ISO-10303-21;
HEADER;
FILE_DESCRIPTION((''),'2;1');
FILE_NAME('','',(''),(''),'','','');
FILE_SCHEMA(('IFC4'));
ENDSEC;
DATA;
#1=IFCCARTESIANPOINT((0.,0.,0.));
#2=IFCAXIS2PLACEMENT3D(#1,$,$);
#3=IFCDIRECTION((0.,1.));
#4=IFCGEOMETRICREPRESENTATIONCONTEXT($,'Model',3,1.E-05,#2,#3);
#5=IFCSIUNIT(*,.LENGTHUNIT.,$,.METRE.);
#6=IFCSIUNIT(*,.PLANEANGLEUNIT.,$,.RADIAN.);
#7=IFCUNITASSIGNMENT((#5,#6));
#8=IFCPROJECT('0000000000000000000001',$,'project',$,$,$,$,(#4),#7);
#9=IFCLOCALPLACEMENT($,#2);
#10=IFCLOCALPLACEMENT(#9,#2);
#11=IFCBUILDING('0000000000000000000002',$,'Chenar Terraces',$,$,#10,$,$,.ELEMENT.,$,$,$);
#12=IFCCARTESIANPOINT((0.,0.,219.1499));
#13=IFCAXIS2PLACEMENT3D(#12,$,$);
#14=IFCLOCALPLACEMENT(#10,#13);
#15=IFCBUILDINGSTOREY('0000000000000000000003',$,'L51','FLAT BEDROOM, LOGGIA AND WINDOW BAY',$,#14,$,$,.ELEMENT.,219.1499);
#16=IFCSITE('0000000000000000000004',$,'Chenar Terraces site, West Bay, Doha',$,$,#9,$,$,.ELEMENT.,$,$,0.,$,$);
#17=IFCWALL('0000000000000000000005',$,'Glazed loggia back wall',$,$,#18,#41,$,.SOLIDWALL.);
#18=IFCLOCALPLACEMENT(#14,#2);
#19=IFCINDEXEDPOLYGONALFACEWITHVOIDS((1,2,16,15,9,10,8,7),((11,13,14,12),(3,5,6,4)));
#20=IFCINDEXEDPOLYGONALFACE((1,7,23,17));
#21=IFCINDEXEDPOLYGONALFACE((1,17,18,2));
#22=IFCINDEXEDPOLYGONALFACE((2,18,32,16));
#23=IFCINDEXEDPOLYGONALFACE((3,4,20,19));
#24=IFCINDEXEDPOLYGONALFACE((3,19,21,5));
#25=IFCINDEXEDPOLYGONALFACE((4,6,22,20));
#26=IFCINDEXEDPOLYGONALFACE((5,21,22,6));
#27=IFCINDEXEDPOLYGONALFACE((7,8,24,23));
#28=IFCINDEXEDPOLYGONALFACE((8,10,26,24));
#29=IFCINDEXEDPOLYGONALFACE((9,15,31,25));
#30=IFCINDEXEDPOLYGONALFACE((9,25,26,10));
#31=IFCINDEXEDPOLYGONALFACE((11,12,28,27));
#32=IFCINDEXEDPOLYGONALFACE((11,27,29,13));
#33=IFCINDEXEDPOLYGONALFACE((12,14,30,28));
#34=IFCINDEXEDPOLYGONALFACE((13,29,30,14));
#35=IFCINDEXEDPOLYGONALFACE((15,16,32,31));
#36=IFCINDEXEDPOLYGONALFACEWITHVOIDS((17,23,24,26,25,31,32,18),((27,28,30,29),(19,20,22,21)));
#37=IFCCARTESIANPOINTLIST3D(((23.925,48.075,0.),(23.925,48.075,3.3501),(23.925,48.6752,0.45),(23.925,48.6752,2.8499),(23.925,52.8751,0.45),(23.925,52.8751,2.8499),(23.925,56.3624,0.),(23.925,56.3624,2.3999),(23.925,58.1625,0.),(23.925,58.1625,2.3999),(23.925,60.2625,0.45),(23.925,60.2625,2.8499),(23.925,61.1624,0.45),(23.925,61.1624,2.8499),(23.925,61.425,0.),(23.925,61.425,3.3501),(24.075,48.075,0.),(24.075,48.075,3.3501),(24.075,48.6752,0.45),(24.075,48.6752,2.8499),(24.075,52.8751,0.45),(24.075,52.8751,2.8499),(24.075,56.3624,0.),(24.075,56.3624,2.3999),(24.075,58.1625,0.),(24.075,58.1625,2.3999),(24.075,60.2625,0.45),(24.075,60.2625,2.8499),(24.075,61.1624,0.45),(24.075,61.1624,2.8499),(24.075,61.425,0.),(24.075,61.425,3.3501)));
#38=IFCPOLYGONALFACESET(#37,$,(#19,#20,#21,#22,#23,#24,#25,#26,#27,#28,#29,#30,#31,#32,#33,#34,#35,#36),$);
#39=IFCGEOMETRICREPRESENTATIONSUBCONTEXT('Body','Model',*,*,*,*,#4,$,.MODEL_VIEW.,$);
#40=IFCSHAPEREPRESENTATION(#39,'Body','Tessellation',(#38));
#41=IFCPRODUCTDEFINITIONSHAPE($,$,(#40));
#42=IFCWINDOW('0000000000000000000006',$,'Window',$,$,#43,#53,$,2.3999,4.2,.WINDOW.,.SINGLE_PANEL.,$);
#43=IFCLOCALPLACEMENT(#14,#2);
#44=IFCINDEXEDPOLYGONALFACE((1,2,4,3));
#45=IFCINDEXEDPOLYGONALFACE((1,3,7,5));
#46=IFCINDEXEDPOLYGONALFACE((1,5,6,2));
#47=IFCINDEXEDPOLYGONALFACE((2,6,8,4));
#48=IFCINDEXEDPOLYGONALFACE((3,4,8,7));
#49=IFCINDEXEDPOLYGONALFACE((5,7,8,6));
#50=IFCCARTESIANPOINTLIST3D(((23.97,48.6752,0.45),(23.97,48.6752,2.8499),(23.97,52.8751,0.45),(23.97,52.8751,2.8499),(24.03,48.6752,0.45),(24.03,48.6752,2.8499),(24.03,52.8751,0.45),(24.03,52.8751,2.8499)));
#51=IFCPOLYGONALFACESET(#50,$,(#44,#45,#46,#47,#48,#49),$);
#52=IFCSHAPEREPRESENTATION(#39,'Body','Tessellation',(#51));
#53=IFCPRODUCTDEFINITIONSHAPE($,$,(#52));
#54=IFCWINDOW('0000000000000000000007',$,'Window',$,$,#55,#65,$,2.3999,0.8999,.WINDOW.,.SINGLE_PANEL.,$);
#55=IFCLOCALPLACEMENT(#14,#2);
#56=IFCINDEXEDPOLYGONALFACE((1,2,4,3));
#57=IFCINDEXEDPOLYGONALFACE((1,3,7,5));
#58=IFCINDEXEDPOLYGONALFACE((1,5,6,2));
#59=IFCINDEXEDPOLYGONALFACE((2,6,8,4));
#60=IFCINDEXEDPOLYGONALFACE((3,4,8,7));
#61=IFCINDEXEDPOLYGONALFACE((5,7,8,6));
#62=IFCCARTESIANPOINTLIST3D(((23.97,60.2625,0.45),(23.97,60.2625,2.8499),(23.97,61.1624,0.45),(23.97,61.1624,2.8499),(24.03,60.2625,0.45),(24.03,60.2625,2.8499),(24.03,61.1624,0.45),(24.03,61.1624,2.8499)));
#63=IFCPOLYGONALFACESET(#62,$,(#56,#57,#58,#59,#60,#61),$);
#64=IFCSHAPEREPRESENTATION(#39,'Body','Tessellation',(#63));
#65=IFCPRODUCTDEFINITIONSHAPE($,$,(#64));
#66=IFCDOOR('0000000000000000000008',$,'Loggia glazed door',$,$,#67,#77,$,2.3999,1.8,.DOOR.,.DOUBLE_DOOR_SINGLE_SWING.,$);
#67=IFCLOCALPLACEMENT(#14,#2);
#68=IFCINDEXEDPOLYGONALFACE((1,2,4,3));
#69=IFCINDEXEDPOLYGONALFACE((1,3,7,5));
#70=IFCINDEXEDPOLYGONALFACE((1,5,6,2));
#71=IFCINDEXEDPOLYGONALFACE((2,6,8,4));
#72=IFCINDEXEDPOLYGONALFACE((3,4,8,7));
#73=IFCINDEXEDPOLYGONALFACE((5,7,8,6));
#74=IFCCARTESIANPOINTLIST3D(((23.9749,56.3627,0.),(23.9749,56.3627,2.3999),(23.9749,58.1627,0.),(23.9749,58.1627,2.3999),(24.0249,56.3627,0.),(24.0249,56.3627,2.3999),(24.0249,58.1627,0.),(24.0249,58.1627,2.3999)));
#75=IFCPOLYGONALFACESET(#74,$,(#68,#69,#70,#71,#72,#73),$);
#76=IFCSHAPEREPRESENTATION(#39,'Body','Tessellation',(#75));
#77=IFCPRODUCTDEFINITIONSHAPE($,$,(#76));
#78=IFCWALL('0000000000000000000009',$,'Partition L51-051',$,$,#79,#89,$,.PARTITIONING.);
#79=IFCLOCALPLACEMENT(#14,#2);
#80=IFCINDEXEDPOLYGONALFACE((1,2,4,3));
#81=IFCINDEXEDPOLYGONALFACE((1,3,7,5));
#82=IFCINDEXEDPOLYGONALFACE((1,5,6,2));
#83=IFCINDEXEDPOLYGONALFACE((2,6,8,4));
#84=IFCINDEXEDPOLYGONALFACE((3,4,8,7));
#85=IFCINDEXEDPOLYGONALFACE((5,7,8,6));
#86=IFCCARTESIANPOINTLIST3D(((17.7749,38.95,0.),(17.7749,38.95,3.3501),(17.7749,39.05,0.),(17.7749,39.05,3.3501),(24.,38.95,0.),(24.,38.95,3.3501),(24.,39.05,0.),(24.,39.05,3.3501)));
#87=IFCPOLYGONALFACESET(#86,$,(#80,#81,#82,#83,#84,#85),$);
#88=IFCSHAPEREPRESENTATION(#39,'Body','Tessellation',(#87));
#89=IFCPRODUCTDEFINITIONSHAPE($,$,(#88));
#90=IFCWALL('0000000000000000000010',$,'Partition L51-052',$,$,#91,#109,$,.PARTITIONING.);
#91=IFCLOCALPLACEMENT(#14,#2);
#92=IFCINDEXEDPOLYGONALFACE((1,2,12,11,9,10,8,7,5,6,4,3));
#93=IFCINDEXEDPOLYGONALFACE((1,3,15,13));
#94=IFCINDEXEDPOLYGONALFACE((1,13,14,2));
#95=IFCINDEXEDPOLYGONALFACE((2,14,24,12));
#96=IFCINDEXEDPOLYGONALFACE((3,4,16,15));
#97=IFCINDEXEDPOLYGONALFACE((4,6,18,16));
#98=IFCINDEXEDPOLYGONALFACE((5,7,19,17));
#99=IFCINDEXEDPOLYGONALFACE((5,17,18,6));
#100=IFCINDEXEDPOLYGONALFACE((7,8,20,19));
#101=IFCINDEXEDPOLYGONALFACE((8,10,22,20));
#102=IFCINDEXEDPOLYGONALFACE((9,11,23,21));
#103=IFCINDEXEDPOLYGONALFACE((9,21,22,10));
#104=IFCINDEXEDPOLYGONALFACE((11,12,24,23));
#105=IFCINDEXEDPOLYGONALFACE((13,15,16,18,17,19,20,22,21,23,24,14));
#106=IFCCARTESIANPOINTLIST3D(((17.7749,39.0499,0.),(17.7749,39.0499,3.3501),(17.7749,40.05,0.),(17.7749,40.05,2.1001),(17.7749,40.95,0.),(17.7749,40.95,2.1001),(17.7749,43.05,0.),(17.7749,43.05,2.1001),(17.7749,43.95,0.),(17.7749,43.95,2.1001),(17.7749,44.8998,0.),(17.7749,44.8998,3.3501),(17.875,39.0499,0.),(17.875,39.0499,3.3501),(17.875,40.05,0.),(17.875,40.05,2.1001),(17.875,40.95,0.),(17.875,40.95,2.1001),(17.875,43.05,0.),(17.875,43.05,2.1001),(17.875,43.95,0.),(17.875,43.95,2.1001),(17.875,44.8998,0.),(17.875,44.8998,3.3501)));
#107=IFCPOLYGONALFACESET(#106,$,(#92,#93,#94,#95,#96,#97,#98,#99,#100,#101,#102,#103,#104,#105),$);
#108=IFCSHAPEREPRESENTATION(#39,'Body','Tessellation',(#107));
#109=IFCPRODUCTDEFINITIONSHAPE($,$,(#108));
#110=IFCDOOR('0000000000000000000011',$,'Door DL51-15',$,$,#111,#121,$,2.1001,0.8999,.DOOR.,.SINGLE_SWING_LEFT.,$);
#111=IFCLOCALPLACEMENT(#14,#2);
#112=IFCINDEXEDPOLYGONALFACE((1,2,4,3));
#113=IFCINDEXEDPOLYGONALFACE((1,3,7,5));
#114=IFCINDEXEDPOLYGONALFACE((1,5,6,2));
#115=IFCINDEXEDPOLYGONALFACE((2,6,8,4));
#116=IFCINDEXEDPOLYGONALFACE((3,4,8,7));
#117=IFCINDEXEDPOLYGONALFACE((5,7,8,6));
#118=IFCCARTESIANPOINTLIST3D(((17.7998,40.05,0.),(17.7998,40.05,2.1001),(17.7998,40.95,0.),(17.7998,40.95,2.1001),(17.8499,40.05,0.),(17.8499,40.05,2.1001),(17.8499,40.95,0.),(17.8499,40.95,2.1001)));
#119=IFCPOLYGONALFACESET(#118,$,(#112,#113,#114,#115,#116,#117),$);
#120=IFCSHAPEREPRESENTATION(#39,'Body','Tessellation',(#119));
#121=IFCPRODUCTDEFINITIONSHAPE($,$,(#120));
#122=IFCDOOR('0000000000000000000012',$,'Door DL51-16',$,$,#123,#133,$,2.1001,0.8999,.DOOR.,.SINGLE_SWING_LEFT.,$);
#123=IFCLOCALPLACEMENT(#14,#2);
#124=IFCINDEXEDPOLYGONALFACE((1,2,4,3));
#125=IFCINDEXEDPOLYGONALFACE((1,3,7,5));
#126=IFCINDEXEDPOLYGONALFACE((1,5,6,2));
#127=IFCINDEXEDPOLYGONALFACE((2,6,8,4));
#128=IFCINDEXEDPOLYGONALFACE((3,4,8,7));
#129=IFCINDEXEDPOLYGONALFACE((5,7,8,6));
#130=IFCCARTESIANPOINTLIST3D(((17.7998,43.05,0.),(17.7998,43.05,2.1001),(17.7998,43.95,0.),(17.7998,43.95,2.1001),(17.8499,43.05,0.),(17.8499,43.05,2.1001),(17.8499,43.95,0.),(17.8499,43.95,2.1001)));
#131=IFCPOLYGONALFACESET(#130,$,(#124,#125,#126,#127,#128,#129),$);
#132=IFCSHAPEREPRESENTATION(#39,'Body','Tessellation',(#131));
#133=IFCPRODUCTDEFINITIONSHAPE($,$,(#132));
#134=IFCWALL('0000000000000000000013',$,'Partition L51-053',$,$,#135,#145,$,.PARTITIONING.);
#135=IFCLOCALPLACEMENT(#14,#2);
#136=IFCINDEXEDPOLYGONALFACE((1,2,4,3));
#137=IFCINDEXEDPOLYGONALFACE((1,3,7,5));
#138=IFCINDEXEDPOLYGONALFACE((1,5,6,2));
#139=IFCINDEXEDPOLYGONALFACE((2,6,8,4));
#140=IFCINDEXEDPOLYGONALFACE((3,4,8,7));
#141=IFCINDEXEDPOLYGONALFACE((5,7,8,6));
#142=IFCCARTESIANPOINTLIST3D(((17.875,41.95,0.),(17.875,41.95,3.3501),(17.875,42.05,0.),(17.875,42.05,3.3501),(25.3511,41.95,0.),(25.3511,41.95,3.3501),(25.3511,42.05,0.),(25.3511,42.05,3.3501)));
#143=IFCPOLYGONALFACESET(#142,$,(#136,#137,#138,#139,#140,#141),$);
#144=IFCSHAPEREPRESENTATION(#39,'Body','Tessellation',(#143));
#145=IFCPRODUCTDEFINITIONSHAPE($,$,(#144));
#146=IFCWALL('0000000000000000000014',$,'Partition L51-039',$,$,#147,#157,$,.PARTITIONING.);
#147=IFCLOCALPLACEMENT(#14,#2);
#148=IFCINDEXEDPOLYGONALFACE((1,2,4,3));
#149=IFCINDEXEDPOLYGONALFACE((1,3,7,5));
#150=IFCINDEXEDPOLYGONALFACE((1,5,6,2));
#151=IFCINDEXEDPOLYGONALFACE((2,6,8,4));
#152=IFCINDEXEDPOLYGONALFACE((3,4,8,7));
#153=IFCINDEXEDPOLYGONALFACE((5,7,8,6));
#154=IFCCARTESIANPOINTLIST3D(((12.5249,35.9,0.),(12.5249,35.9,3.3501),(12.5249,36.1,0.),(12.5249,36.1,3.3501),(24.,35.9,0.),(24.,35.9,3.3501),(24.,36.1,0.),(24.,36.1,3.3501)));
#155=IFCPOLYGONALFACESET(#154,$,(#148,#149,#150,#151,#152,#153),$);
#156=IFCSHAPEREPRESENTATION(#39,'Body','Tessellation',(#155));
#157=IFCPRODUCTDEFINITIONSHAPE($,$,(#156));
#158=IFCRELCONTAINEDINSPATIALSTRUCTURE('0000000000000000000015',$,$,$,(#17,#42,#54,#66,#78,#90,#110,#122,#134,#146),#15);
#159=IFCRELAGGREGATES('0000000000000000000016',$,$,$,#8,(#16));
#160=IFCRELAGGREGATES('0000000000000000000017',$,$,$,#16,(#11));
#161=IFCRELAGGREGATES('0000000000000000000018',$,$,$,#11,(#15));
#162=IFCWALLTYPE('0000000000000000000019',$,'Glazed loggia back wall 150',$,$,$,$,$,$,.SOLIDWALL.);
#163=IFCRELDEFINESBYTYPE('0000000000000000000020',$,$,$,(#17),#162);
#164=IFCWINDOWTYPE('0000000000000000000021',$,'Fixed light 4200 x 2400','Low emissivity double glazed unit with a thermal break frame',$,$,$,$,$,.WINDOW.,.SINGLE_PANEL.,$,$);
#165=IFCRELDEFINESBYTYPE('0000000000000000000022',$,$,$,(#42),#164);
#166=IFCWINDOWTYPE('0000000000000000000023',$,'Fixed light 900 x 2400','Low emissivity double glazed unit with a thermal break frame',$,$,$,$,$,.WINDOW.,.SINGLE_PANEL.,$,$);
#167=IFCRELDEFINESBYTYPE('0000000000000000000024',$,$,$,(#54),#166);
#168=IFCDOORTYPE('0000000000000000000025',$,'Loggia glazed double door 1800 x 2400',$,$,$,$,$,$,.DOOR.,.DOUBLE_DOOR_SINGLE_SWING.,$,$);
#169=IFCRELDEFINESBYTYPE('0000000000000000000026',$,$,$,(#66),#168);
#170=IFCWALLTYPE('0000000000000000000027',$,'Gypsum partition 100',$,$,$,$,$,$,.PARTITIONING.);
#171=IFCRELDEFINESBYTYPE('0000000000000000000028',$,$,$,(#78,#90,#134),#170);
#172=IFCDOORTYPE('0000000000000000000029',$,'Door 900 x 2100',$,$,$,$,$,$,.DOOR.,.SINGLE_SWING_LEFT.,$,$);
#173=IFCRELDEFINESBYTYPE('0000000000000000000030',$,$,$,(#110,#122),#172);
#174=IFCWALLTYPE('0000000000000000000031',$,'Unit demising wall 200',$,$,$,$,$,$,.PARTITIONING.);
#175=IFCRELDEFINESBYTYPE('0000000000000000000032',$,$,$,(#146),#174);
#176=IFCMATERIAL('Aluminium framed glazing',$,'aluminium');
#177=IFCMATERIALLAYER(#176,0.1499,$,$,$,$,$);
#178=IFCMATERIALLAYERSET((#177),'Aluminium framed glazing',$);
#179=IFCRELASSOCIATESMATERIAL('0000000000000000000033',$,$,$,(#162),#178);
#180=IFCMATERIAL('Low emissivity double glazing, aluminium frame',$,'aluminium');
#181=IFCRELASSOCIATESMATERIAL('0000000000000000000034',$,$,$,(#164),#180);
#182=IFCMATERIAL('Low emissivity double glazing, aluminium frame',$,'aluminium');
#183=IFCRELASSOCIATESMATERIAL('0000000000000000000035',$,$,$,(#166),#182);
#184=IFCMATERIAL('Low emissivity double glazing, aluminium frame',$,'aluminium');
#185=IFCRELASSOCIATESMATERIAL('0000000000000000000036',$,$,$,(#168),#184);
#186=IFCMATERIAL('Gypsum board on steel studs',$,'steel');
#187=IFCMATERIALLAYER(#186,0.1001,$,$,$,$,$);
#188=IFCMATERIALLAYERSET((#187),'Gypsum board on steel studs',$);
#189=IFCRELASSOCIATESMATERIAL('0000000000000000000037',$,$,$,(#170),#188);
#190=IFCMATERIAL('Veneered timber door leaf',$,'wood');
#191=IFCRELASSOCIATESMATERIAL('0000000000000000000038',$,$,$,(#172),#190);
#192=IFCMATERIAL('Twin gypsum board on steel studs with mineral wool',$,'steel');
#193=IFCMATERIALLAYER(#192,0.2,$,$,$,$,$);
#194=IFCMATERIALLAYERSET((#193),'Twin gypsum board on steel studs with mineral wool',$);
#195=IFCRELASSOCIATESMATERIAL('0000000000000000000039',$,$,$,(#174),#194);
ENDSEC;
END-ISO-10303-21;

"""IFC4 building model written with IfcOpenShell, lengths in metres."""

from ifc_helpers import new_model, si_unit, direction, frame, frame_2d, origin, place, context, subcontext, project, spatial, rectangle, extrude, material, layer, layer_set, type_object, element, fill, save


model = new_model("IFC4")

# Units and contexts
model_context = context("Model", 3, precision=1e-05, world=origin(), true_north=direction((0.0, 1.0)))
body_context = subcontext(model_context, "Body", "Model", "MODEL_VIEW")
ifc_project = project(units=[si_unit("LENGTHUNIT", "METRE"), si_unit("PLANEANGLEUNIT", "RADIAN")], contexts=[model_context])

# Site, building, storey
site_placement = place(None, origin())
site = spatial("IfcSite", under=ifc_project, at=site_placement, Name="Chenar Terraces site, West Bay, Doha", CompositionType="ELEMENT", RefElevation=0.0)
building_placement = place(site_placement, origin())
building = spatial("IfcBuilding", under=site, at=building_placement, Name="Chenar Terraces", CompositionType="ELEMENT")
storey_placement = place(building_placement, frame((0.0, 0.0, 219.1499)))
storey = spatial("IfcBuildingStorey", under=building, at=storey_placement, Name="L51", Description="FLAT BEDROOM, LOGGIA AND WINDOW BAY", CompositionType="ELEMENT", Elevation=219.1499)

# Wall, openings, windows, door
ifc_material_1 = material(Name="Aluminium framed glazing", Category="aluminium")
ifc_layer_1 = layer(ifc_material_1, 0.1499)
ifc_layer_set_1 = layer_set([ifc_layer_1], Name="Aluminium framed glazing")
wall_type_1 = type_object("IfcWallType", Name="Glazed loggia back wall 150", PredefinedType="SOLIDWALL", material=ifc_layer_set_1)
wall_1_placement = place(storey_placement, frame((24.0, 48.075, 0.0), z_axis=(0.0, 0.0, 1.0), x_axis=(0.0, 1.0, 0.0)))
wall_1 = element("IfcWall", 1, at=wall_1_placement, inside=storey, type_object=wall_type_1, Name="Glazed loggia back wall", PredefinedType="SOLIDWALL", context=body_context, shape_type="SweptSolid", body=[
    extrude(rectangle(XDim=13.3501, YDim=0.1499, at=frame_2d((6.675, 0.0))), origin(), (0.0, 0.0, 1.0), 3.3501),
])
opening_1_placement = place(wall_1_placement, frame((0.6001, 0.0, 0.45)))
opening_1 = element("IfcOpeningElement", 2, at=opening_1_placement, cuts=wall_1, PredefinedType="OPENING", context=body_context, shape_type="SweptSolid", body=[
    extrude(rectangle(XDim=4.2, YDim=2.3999, at=frame_2d((2.1001, 1.2))), frame((0.0, 0.085, 0.0), z_axis=(0.0, -1.0, 0.0), x_axis=(1.0, 0.0, 0.0)), (0.0, 0.0, 1.0), 0.1699),
])
opening_2_placement = place(wall_1_placement, frame((8.2876, 0.0, 0.0)))
opening_2 = element("IfcOpeningElement", 3, at=opening_2_placement, cuts=wall_1, PredefinedType="OPENING", context=body_context, shape_type="SweptSolid", body=[
    extrude(rectangle(XDim=1.8, YDim=2.3999, at=frame_2d((0.8999, 1.2))), frame((0.0, 0.085, 0.0), z_axis=(0.0, -1.0, 0.0), x_axis=(1.0, 0.0, 0.0)), (0.0, 0.0, 1.0), 0.1699),
])
opening_3_placement = place(wall_1_placement, frame((12.1875, 0.0, 0.45)))
opening_3 = element("IfcOpeningElement", 4, at=opening_3_placement, cuts=wall_1, PredefinedType="OPENING", context=body_context, shape_type="SweptSolid", body=[
    extrude(rectangle(XDim=0.8999, YDim=2.3999, at=frame_2d((0.45, 1.2))), frame((0.0, 0.085, 0.0), z_axis=(0.0, -1.0, 0.0), x_axis=(1.0, 0.0, 0.0)), (0.0, 0.0, 1.0), 0.1699),
])
ifc_material_2 = material(Name="Low emissivity double glazing, aluminium frame", Category="aluminium")
window_type_1 = type_object("IfcWindowType", Name="Fixed light 4200 x 2400", Description="Low emissivity double glazed unit with a thermal break frame", PartitioningType="SINGLE_PANEL", PredefinedType="WINDOW", material=ifc_material_2)
window_1_placement = place(opening_1_placement, origin())
window_1 = element("IfcWindow", 5, at=window_1_placement, inside=storey, type_object=window_type_1, Name="Window", OverallHeight=2.3999, OverallWidth=4.2, PartitioningType="SINGLE_PANEL", PredefinedType="WINDOW", context=body_context, shape_type="SweptSolid", body=[
    extrude(rectangle(XDim=4.2, YDim=2.3999, at=frame_2d((2.1001, 1.2))), frame((0.0, 0.03, 0.0), z_axis=(0.0, -1.0, 0.0), x_axis=(1.0, 0.0, 0.0)), (0.0, 0.0, 1.0), 0.0601),
])
fill(opening_1, window_1)
ifc_material_3 = material(Name="Low emissivity double glazing, aluminium frame", Category="aluminium")
window_type_2 = type_object("IfcWindowType", Name="Fixed light 900 x 2400", Description="Low emissivity double glazed unit with a thermal break frame", PartitioningType="SINGLE_PANEL", PredefinedType="WINDOW", material=ifc_material_3)
window_2_placement = place(opening_3_placement, origin())
window_2 = element("IfcWindow", 6, at=window_2_placement, inside=storey, type_object=window_type_2, Name="Window", OverallHeight=2.3999, OverallWidth=0.8999, PartitioningType="SINGLE_PANEL", PredefinedType="WINDOW", context=body_context, shape_type="SweptSolid", body=[
    extrude(rectangle(XDim=0.8999, YDim=2.3999, at=frame_2d((0.45, 1.2))), frame((0.0, 0.03, 0.0), z_axis=(0.0, -1.0, 0.0), x_axis=(1.0, 0.0, 0.0)), (0.0, 0.0, 1.0), 0.0601),
])
fill(opening_3, window_2)
ifc_material_4 = material(Name="Low emissivity double glazing, aluminium frame", Category="aluminium")
door_type_1 = type_object("IfcDoorType", Name="Loggia glazed double door 1800 x 2400", OperationType="DOUBLE_DOOR_SINGLE_SWING", PredefinedType="DOOR", material=ifc_material_4)
door_1_placement = place(opening_2_placement, frame((1.8, 0.0, 0.0), z_axis=(0.0, 0.0, 1.0), x_axis=(-1.0, 0.0, 0.0)))
door_1 = element("IfcDoor", 7, at=door_1_placement, inside=storey, type_object=door_type_1, Name="Loggia glazed door", OperationType="DOUBLE_DOOR_SINGLE_SWING", OverallHeight=2.3999, OverallWidth=1.8, PredefinedType="DOOR", context=body_context, shape_type="SweptSolid", body=[
    extrude(rectangle(XDim=1.8, YDim=2.3999, at=frame_2d((0.8999, 1.2))), frame((0.0, 0.0249, 0.0), z_axis=(0.0, -1.0, 0.0), x_axis=(1.0, 0.0, 0.0)), (0.0, 0.0, 1.0), 0.05),
])
fill(opening_2, door_1)

# Wall
ifc_material_5 = material(Name="Gypsum board on steel studs", Category="steel")
ifc_layer_2 = layer(ifc_material_5, 0.1001)
ifc_layer_set_2 = layer_set([ifc_layer_2], Name="Gypsum board on steel studs")
wall_type_2 = type_object("IfcWallType", Name="Gypsum partition 100", PredefinedType="PARTITIONING", material=ifc_layer_set_2)
wall_2_placement = place(storey_placement, frame((17.7749, 39.0, 0.0), z_axis=(0.0, 0.0, 1.0), x_axis=(1.0, 0.0, 0.0)))
element("IfcWall", 8, at=wall_2_placement, inside=storey, type_object=wall_type_2, Name="Partition L51-051", PredefinedType="PARTITIONING", context=body_context, shape_type="SweptSolid", body=[
    extrude(rectangle(XDim=6.2251, YDim=0.1001, at=frame_2d((3.1125, 0.0))), origin(), (0.0, 0.0, 1.0), 3.3501),
])

# Wall, openings, doors
wall_3_placement = place(storey_placement, frame((17.825, 39.05, 0.0), z_axis=(0.0, 0.0, 1.0), x_axis=(0.0, 1.0, 0.0)))
wall_3 = element("IfcWall", 9, at=wall_3_placement, inside=storey, type_object=wall_type_2, Name="Partition L51-052", PredefinedType="PARTITIONING", context=body_context, shape_type="SweptSolid", body=[
    extrude(rectangle(XDim=5.8499, YDim=0.1001, at=frame_2d((2.9248, 0.0))), origin(), (0.0, 0.0, 1.0), 3.3501),
])
opening_4_placement = place(wall_3_placement, frame((1.0, 0.0, 0.0)))
opening_4 = element("IfcOpeningElement", 10, at=opening_4_placement, cuts=wall_3, PredefinedType="OPENING", context=body_context, shape_type="SweptSolid", body=[
    extrude(rectangle(XDim=0.8999, YDim=2.1001, at=frame_2d((0.45, 1.05))), frame((0.0, 0.0601, 0.0), z_axis=(0.0, -1.0, 0.0), x_axis=(1.0, 0.0, 0.0)), (0.0, 0.0, 1.0), 0.1201),
])
opening_5_placement = place(wall_3_placement, frame((4.0, 0.0, 0.0)))
opening_5 = element("IfcOpeningElement", 11, at=opening_5_placement, cuts=wall_3, PredefinedType="OPENING", context=body_context, shape_type="SweptSolid", body=[
    extrude(rectangle(XDim=0.8999, YDim=2.1001, at=frame_2d((0.45, 1.05))), frame((0.0, 0.0601, 0.0), z_axis=(0.0, -1.0, 0.0), x_axis=(1.0, 0.0, 0.0)), (0.0, 0.0, 1.0), 0.1201),
])
ifc_material_6 = material(Name="Veneered timber door leaf", Category="wood")
door_type_2 = type_object("IfcDoorType", Name="Door 900 x 2100", OperationType="SINGLE_SWING_LEFT", PredefinedType="DOOR", material=ifc_material_6)
door_2_placement = place(opening_4_placement, frame((0.8999, 0.0, 0.0), z_axis=(0.0, 0.0, 1.0), x_axis=(-1.0, 0.0, 0.0)))
door_2 = element("IfcDoor", 12, at=door_2_placement, inside=storey, type_object=door_type_2, Name="Door DL51-15", OperationType="SINGLE_SWING_LEFT", OverallHeight=2.1001, OverallWidth=0.8999, PredefinedType="DOOR", context=body_context, shape_type="SweptSolid", body=[
    extrude(rectangle(XDim=0.8999, YDim=2.1001, at=frame_2d((0.45, 1.05))), frame((0.0, 0.0249, 0.0), z_axis=(0.0, -1.0, 0.0), x_axis=(1.0, 0.0, 0.0)), (0.0, 0.0, 1.0), 0.05),
])
fill(opening_4, door_2)
door_3_placement = place(opening_5_placement, frame((0.8999, 0.0, 0.0), z_axis=(0.0, 0.0, 1.0), x_axis=(-1.0, 0.0, 0.0)))
door_3 = element("IfcDoor", 13, at=door_3_placement, inside=storey, type_object=door_type_2, Name="Door DL51-16", OperationType="SINGLE_SWING_LEFT", OverallHeight=2.1001, OverallWidth=0.8999, PredefinedType="DOOR", context=body_context, shape_type="SweptSolid", body=[
    extrude(rectangle(XDim=0.8999, YDim=2.1001, at=frame_2d((0.45, 1.05))), frame((0.0, 0.0249, 0.0), z_axis=(0.0, -1.0, 0.0), x_axis=(1.0, 0.0, 0.0)), (0.0, 0.0, 1.0), 0.05),
])
fill(opening_5, door_3)

# Walls
wall_4_placement = place(storey_placement, frame((17.875, 42.0, 0.0), z_axis=(0.0, 0.0, 1.0), x_axis=(1.0, 0.0, 0.0)))
element("IfcWall", 14, at=wall_4_placement, inside=storey, type_object=wall_type_2, Name="Partition L51-053", PredefinedType="PARTITIONING", context=body_context, shape_type="SweptSolid", body=[
    extrude(rectangle(XDim=7.4761, YDim=0.1001, at=frame_2d((3.738, 0.0))), origin(), (0.0, 0.0, 1.0), 3.3501),
])
ifc_material_7 = material(Name="Twin gypsum board on steel studs with mineral wool", Category="steel")
ifc_layer_3 = layer(ifc_material_7, 0.2)
ifc_layer_set_3 = layer_set([ifc_layer_3], Name="Twin gypsum board on steel studs with mineral wool")
wall_type_3 = type_object("IfcWallType", Name="Unit demising wall 200", PredefinedType="PARTITIONING", material=ifc_layer_set_3)
for number, where, z_axis, x_axis, name in (
    (15, (12.5249, 36.0, 0.0), (0.0, 0.0, 1.0), (1.0, 0.0, 0.0), "Partition L51-039"),
):
    element("IfcWall", number, at=place(storey_placement, frame(where, z_axis=z_axis, x_axis=x_axis)), inside=storey, type_object=wall_type_3, Name=name, PredefinedType="PARTITIONING", context=body_context, shape_type="SweptSolid", body=[
        extrude(rectangle(XDim=11.4751, YDim=0.2, at=frame_2d((5.7375, 0.0))), origin(), (0.0, 0.0, 1.0), 3.3501),
    ])

save(model, "model.ifc")
